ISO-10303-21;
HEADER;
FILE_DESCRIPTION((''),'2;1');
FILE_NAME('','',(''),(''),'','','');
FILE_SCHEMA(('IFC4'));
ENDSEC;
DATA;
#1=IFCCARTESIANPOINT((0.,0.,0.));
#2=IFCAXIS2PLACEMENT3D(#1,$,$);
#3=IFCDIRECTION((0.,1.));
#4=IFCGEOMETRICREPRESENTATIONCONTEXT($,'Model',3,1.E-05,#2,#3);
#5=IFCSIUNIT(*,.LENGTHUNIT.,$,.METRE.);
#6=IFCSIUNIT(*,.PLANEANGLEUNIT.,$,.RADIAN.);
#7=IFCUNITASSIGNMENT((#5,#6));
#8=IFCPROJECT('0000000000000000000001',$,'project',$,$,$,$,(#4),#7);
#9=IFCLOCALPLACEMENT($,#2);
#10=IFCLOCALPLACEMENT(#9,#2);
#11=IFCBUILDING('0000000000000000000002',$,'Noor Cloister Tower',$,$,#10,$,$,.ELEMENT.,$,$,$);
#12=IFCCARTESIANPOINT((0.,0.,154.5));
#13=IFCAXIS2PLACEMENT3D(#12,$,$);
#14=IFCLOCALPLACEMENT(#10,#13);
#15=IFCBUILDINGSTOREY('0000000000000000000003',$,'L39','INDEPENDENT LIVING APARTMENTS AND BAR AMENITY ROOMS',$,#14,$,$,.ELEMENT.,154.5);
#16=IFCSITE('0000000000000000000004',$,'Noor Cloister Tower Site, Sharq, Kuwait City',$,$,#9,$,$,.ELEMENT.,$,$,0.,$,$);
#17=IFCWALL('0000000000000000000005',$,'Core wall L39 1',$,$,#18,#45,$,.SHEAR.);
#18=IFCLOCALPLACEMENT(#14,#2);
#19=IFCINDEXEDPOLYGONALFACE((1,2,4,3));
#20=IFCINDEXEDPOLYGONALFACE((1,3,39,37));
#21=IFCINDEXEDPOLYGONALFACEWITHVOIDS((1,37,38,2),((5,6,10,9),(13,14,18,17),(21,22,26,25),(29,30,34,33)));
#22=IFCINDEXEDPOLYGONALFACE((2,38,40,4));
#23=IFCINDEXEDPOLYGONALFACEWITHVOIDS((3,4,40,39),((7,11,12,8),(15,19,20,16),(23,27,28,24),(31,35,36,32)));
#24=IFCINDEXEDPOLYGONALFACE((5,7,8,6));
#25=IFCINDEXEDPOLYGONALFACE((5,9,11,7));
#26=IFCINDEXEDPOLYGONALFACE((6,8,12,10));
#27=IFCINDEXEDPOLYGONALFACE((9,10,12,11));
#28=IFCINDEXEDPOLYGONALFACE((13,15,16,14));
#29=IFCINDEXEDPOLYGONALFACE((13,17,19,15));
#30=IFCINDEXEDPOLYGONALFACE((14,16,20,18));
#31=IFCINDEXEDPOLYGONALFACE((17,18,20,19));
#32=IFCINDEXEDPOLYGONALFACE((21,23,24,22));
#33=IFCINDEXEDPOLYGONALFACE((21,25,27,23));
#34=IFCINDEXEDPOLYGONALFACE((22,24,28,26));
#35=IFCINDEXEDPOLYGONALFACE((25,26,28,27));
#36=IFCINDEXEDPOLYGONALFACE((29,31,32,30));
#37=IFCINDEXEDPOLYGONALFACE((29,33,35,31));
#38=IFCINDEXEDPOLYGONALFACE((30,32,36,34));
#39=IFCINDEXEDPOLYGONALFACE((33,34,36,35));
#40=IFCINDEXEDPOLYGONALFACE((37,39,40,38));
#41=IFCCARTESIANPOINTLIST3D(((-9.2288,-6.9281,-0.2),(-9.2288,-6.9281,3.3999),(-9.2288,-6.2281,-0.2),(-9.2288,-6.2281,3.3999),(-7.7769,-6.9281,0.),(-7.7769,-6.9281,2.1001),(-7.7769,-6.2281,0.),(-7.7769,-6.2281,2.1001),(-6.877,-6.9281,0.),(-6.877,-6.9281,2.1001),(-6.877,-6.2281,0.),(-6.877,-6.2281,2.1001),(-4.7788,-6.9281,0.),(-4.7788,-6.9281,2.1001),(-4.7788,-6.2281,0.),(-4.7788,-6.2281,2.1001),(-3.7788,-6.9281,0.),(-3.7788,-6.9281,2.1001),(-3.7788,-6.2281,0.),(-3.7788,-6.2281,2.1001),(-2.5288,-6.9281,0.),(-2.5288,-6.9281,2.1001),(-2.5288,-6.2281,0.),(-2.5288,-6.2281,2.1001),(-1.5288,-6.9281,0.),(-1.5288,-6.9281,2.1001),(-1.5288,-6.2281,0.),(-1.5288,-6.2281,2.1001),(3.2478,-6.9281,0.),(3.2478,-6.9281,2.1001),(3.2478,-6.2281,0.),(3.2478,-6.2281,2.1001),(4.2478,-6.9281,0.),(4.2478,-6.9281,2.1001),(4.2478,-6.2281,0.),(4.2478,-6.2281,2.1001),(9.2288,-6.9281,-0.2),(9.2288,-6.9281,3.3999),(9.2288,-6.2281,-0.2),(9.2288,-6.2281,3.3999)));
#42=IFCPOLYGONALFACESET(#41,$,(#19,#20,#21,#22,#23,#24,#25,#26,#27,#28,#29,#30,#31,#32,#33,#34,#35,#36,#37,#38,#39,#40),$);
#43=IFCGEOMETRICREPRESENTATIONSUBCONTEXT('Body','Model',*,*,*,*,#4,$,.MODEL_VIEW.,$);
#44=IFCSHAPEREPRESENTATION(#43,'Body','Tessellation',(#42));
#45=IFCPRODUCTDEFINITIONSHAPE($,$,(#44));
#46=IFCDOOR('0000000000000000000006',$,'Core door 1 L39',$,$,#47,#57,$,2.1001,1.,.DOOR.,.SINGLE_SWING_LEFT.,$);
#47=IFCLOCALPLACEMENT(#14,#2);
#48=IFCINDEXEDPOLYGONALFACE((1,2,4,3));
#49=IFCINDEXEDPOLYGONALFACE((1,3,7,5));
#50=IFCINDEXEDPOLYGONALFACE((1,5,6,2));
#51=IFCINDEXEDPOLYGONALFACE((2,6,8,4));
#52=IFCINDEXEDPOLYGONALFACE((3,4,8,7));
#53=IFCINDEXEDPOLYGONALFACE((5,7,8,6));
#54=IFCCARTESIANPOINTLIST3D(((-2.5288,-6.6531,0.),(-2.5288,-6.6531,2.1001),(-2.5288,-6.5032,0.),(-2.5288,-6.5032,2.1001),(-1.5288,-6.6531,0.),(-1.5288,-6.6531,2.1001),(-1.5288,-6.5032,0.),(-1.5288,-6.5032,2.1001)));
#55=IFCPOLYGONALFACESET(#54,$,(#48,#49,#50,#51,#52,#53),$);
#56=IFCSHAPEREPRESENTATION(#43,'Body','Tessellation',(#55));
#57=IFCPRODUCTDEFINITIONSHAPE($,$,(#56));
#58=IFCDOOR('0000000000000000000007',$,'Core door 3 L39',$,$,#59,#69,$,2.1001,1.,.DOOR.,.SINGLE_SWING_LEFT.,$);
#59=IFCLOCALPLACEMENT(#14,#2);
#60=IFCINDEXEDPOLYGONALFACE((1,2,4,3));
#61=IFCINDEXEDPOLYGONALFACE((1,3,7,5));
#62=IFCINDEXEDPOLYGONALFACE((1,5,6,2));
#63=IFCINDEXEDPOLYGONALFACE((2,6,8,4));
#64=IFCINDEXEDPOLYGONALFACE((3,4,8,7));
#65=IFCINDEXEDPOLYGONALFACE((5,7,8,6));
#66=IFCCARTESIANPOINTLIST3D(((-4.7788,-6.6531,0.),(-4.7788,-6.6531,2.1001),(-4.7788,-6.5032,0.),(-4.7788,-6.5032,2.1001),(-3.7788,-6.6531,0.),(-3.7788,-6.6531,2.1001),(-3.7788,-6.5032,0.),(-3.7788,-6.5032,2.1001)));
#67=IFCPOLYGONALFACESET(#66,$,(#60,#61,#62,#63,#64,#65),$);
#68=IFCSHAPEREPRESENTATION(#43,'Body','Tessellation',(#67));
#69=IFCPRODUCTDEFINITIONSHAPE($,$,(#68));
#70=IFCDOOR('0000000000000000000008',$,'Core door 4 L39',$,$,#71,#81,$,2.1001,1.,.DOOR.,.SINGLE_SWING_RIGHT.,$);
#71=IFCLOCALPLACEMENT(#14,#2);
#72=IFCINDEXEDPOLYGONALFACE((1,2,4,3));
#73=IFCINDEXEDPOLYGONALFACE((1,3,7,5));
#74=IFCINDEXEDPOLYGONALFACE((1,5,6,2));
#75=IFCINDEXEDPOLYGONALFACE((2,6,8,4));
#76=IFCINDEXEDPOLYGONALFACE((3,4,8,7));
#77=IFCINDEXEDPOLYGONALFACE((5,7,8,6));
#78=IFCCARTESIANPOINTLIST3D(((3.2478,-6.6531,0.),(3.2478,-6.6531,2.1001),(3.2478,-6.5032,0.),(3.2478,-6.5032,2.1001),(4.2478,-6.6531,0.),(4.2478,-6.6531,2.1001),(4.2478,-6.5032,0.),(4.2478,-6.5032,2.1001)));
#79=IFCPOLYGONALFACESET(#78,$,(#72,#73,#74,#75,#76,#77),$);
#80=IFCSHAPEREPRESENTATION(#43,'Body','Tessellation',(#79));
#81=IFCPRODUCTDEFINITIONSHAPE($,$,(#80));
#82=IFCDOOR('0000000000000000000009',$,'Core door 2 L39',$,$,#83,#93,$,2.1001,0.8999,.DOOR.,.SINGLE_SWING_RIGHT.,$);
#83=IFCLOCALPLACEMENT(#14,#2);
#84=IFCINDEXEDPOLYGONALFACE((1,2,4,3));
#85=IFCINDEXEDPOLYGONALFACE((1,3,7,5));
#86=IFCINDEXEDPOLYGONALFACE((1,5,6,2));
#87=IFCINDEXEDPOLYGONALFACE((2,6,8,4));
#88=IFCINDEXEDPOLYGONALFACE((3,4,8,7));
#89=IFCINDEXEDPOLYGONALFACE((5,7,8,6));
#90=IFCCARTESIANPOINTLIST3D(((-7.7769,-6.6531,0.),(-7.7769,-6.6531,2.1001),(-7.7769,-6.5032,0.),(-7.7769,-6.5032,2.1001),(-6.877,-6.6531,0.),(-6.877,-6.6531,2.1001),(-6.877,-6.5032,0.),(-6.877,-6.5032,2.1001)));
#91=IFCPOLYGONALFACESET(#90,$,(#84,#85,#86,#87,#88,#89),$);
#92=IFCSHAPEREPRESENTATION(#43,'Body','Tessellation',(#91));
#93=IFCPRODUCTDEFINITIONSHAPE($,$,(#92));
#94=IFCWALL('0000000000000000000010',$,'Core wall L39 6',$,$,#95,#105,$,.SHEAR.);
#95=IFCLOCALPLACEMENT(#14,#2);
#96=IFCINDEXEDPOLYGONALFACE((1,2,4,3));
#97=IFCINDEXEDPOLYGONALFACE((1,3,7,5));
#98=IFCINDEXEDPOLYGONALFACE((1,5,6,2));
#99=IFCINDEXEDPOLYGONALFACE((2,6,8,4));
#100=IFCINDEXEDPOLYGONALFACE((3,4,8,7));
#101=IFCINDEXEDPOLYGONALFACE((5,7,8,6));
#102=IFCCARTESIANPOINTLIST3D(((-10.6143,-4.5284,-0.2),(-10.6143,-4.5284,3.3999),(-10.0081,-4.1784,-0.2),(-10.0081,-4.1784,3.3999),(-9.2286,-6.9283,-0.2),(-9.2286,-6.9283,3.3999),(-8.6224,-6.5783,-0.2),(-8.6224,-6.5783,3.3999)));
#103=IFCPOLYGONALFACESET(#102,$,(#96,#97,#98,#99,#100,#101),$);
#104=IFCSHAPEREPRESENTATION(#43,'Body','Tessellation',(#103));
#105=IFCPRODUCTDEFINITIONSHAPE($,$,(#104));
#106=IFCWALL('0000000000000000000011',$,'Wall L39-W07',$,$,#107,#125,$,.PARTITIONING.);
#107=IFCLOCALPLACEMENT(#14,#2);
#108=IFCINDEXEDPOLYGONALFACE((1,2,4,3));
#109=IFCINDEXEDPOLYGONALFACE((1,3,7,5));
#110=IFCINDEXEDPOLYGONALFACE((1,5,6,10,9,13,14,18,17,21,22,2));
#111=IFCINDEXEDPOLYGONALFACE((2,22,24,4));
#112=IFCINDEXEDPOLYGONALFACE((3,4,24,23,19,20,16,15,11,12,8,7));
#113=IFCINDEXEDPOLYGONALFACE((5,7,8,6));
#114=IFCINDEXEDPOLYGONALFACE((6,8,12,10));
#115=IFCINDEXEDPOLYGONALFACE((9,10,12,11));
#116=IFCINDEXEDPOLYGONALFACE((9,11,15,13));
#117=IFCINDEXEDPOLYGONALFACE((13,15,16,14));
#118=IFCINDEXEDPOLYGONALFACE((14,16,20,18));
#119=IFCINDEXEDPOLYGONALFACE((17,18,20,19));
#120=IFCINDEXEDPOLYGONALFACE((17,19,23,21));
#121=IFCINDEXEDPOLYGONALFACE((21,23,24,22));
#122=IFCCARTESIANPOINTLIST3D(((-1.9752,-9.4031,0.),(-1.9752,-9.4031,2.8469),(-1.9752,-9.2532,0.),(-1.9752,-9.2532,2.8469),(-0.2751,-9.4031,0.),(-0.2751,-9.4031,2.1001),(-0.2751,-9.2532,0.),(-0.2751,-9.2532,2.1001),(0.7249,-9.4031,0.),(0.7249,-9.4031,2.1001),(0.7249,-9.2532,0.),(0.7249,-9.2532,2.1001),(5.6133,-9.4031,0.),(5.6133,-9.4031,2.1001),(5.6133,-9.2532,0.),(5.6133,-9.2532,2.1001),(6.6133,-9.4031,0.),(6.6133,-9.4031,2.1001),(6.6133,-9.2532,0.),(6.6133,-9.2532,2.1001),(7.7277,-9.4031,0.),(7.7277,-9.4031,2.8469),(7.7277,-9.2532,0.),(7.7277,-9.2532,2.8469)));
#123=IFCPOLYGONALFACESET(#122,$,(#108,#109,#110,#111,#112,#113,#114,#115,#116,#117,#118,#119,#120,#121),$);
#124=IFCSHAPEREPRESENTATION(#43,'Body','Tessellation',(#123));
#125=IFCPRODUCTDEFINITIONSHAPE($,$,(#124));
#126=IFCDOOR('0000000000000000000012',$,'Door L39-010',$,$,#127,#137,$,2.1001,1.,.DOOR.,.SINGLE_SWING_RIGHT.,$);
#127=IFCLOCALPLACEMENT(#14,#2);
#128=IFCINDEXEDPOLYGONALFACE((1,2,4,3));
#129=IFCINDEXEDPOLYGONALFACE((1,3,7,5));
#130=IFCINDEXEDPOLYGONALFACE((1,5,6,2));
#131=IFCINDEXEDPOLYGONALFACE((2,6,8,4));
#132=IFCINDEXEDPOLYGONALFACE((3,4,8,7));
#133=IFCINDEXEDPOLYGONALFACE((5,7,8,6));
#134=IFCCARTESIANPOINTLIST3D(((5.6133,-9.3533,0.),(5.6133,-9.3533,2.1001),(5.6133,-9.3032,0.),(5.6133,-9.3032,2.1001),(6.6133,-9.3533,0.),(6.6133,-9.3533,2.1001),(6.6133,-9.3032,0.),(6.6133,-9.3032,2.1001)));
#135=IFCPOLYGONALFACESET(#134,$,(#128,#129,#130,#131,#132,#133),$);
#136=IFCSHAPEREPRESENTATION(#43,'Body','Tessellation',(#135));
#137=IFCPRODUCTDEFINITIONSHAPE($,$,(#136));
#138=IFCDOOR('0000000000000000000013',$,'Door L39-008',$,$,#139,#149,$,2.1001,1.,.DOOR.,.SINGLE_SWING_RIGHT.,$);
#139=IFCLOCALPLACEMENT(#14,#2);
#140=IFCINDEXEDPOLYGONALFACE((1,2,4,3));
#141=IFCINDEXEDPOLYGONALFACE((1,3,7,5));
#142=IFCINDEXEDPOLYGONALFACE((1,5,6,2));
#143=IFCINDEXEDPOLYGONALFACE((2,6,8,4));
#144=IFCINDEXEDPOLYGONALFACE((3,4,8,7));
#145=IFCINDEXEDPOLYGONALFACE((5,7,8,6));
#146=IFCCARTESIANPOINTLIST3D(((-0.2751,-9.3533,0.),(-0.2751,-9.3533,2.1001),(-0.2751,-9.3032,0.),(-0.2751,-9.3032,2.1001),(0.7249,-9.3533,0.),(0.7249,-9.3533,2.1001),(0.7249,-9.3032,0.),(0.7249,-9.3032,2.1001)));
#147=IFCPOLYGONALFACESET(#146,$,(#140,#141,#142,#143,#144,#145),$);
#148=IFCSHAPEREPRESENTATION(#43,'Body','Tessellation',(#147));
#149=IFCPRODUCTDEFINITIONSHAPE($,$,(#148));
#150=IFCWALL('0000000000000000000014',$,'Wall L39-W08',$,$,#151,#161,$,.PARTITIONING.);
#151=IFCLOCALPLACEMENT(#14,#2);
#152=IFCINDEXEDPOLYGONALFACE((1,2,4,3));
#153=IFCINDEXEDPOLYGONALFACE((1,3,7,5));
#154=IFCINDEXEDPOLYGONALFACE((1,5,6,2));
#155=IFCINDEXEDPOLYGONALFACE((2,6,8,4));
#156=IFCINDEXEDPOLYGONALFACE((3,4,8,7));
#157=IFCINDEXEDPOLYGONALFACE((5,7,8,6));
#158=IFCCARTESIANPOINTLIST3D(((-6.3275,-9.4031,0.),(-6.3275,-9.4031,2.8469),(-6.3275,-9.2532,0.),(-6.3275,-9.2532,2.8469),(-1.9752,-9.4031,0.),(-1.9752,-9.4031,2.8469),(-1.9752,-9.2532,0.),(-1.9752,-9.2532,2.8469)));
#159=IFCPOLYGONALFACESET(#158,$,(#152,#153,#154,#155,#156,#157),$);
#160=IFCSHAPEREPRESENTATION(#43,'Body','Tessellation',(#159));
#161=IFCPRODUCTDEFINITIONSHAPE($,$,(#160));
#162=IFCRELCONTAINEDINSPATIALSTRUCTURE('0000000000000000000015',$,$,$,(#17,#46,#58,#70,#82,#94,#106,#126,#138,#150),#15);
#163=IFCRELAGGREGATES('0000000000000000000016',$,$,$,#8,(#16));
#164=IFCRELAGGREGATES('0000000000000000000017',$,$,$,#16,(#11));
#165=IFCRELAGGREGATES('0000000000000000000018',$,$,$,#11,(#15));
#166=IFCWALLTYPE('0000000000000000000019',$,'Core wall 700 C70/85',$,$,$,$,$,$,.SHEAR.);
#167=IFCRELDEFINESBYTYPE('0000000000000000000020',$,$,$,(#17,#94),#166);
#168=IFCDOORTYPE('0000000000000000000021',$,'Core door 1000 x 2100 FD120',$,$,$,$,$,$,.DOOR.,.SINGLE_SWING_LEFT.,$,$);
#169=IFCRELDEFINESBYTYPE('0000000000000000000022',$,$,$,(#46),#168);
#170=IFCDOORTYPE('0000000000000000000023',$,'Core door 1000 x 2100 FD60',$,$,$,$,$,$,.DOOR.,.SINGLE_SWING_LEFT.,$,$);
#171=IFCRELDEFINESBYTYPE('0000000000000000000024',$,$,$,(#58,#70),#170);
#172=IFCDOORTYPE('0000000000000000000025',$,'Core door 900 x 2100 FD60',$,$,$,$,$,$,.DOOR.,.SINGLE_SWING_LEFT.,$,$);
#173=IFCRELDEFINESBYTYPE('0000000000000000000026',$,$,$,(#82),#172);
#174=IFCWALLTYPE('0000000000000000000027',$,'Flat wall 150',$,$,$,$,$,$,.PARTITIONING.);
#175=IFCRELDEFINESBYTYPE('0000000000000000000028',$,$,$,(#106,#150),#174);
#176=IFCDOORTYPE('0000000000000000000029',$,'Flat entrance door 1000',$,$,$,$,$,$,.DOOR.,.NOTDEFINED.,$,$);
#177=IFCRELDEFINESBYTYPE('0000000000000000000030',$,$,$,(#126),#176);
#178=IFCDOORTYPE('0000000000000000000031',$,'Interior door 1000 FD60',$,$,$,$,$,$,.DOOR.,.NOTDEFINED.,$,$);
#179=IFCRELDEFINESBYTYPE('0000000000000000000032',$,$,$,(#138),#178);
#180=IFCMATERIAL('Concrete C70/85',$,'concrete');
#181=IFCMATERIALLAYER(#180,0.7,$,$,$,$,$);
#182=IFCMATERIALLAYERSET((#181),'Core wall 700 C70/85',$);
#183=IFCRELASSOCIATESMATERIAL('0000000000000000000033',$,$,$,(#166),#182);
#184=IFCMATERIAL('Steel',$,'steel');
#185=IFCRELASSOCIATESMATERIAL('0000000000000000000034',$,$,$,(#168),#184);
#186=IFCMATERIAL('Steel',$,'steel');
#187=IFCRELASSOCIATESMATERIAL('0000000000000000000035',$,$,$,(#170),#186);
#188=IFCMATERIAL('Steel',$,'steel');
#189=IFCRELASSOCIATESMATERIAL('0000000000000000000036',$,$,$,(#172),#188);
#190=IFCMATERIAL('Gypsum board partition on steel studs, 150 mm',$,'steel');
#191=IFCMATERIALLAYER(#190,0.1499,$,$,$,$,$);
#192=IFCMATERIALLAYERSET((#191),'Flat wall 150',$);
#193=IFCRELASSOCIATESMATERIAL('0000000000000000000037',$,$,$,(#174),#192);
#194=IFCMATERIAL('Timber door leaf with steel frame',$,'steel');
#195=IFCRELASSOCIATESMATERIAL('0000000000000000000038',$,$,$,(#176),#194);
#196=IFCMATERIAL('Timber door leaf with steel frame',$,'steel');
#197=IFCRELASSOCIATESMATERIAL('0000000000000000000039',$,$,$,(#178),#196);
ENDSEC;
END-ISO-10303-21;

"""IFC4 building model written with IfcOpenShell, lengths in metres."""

from ifc_helpers import new_model, si_unit, direction, frame, frame_2d, origin, place, context, subcontext, project, spatial, rectangle, extrude, material, layer, layer_set, type_object, element, fill, save


model = new_model("IFC4")

# Units and contexts
model_context = context("Model", 3, precision=1e-05, world=origin(), true_north=direction((0.0, 1.0)))
body_context = subcontext(model_context, "Body", "Model", "MODEL_VIEW")
ifc_project = project(units=[si_unit("LENGTHUNIT", "METRE"), si_unit("PLANEANGLEUNIT", "RADIAN")], contexts=[model_context])

# Site, building, storey
site_placement = place(None, origin())
site = spatial("IfcSite", under=ifc_project, at=site_placement, Name="Noor Cloister Tower Site, Sharq, Kuwait City", CompositionType="ELEMENT", RefElevation=0.0)
building_placement = place(site_placement, origin())
building = spatial("IfcBuilding", under=site, at=building_placement, Name="Noor Cloister Tower", CompositionType="ELEMENT")
storey_placement = place(building_placement, frame((0.0, 0.0, 154.5)))
storey = spatial("IfcBuildingStorey", under=building, at=storey_placement, Name="L39", Description="INDEPENDENT LIVING APARTMENTS AND BAR AMENITY ROOMS", CompositionType="ELEMENT", Elevation=154.5)

# Wall, openings, doors
ifc_material_1 = material(Name="Concrete C70/85", Category="concrete")
ifc_layer_1 = layer(ifc_material_1, 0.7)
ifc_layer_set_1 = layer_set([ifc_layer_1], Name="Core wall 700 C70/85")
wall_type_1 = type_object("IfcWallType", Name="Core wall 700 C70/85", PredefinedType="SHEAR", material=ifc_layer_set_1)
wall_1_placement = place(storey_placement, frame((-9.2288, -6.5781, -0.2), z_axis=(0.0, 0.0, 1.0), x_axis=(1.0, 0.0, 0.0)))
wall_1 = element("IfcWall", 1, at=wall_1_placement, inside=storey, type_object=wall_type_1, Name="Core wall L39 1", PredefinedType="SHEAR", context=body_context, shape_type="SweptSolid", body=[
    extrude(rectangle(XDim=18.4575, YDim=0.7, at=frame_2d((9.2288, 0.0))), origin(), (0.0, 0.0, 1.0), 3.5999),
])
opening_1_placement = place(wall_1_placement, frame((6.7, 0.0, 0.2)))
opening_1 = element("IfcOpeningElement", 2, at=opening_1_placement, cuts=wall_1, PredefinedType="OPENING", context=body_context, shape_type="SweptSolid", body=[
    extrude(rectangle(XDim=1.0, YDim=2.1001, at=frame_2d((0.5, 1.05))), frame((0.0, 0.3599, 0.0), z_axis=(0.0, -1.0, 0.0), x_axis=(1.0, 0.0, 0.0)), (0.0, 0.0, 1.0), 0.72),
])
opening_2_placement = place(wall_1_placement, frame((1.4519, 0.0, 0.2)))
opening_2 = element("IfcOpeningElement", 3, at=opening_2_placement, cuts=wall_1, PredefinedType="OPENING", context=body_context, shape_type="SweptSolid", body=[
    extrude(rectangle(XDim=0.8999, YDim=2.1001, at=frame_2d((0.45, 1.05))), frame((0.0, 0.3599, 0.0), z_axis=(0.0, -1.0, 0.0), x_axis=(1.0, 0.0, 0.0)), (0.0, 0.0, 1.0), 0.72),
])
opening_3_placement = place(wall_1_placement, frame((4.45, 0.0, 0.2)))
opening_3 = element("IfcOpeningElement", 4, at=opening_3_placement, cuts=wall_1, PredefinedType="OPENING", context=body_context, shape_type="SweptSolid", body=[
    extrude(rectangle(XDim=1.0, YDim=2.1001, at=frame_2d((0.5, 1.05))), frame((0.0, 0.3599, 0.0), z_axis=(0.0, -1.0, 0.0), x_axis=(1.0, 0.0, 0.0)), (0.0, 0.0, 1.0), 0.72),
])
opening_4_placement = place(wall_1_placement, frame((12.4766, 0.0, 0.2)))
opening_4 = element("IfcOpeningElement", 5, at=opening_4_placement, cuts=wall_1, PredefinedType="OPENING", context=body_context, shape_type="SweptSolid", body=[
    extrude(rectangle(XDim=1.0, YDim=2.1001, at=frame_2d((0.5, 1.05))), frame((0.0, 0.3599, 0.0), z_axis=(0.0, -1.0, 0.0), x_axis=(1.0, 0.0, 0.0)), (0.0, 0.0, 1.0), 0.72),
])
ifc_material_2 = material(Name="Steel", Category="steel")
door_type_1 = type_object("IfcDoorType", Name="Core door 1000 x 2100 FD120", OperationType="SINGLE_SWING_LEFT", PredefinedType="DOOR", material=ifc_material_2)
door_1_placement = place(opening_1_placement, origin())
door_1 = element("IfcDoor", 6, at=door_1_placement, inside=storey, type_object=door_type_1, Name="Core door 1 L39", OperationType="SINGLE_SWING_LEFT", OverallHeight=2.1001, OverallWidth=1.0, PredefinedType="DOOR", context=body_context, shape_type="SweptSolid", body=[
    extrude(rectangle(XDim=1.0, YDim=2.1001, at=frame_2d((0.5, 1.05))), frame((0.0, 0.075, 0.0), z_axis=(0.0, -1.0, 0.0), x_axis=(1.0, 0.0, 0.0)), (0.0, 0.0, 1.0), 0.1499),
])
fill(opening_1, door_1)
ifc_material_3 = material(Name="Steel", Category="steel")
door_type_2 = type_object("IfcDoorType", Name="Core door 1000 x 2100 FD60", OperationType="SINGLE_SWING_LEFT", PredefinedType="DOOR", material=ifc_material_3)
door_2_placement = place(opening_3_placement, origin())
door_2 = element("IfcDoor", 7, at=door_2_placement, inside=storey, type_object=door_type_2, Name="Core door 3 L39", OperationType="SINGLE_SWING_LEFT", OverallHeight=2.1001, OverallWidth=1.0, PredefinedType="DOOR", context=body_context, shape_type="SweptSolid", body=[
    extrude(rectangle(XDim=1.0, YDim=2.1001, at=frame_2d((0.5, 1.05))), frame((0.0, 0.075, 0.0), z_axis=(0.0, -1.0, 0.0), x_axis=(1.0, 0.0, 0.0)), (0.0, 0.0, 1.0), 0.1499),
])
fill(opening_3, door_2)
door_3_placement = place(opening_4_placement, origin())
door_3 = element("IfcDoor", 8, at=door_3_placement, inside=storey, type_object=door_type_2, Name="Core door 4 L39", OperationType="SINGLE_SWING_RIGHT", OverallHeight=2.1001, OverallWidth=1.0, PredefinedType="DOOR", context=body_context, shape_type="SweptSolid", body=[
    extrude(rectangle(XDim=1.0, YDim=2.1001, at=frame_2d((0.5, 1.05))), frame((0.0, 0.075, 0.0), z_axis=(0.0, -1.0, 0.0), x_axis=(1.0, 0.0, 0.0)), (0.0, 0.0, 1.0), 0.1499),
])
fill(opening_4, door_3)
ifc_material_4 = material(Name="Steel", Category="steel")
door_type_3 = type_object("IfcDoorType", Name="Core door 900 x 2100 FD60", OperationType="SINGLE_SWING_LEFT", PredefinedType="DOOR", material=ifc_material_4)
door_4_placement = place(opening_2_placement, origin())
door_4 = element("IfcDoor", 9, at=door_4_placement, inside=storey, type_object=door_type_3, Name="Core door 2 L39", OperationType="SINGLE_SWING_RIGHT", OverallHeight=2.1001, OverallWidth=0.8999, PredefinedType="DOOR", context=body_context, shape_type="SweptSolid", body=[
    extrude(rectangle(XDim=0.8999, YDim=2.1001, at=frame_2d((0.45, 1.05))), frame((0.0, 0.075, 0.0), z_axis=(0.0, -1.0, 0.0), x_axis=(1.0, 0.0, 0.0)), (0.0, 0.0, 1.0), 0.1499),
])
fill(opening_2, door_4)

# Wall
wall_2_placement = place(storey_placement, frame((-10.3113, -4.3533, -0.2), z_axis=(0.0, 0.0, 1.0), x_axis=(0.500043, -0.866001, 0.0)))
element("IfcWall", 10, at=wall_2_placement, inside=storey, type_object=wall_type_1, Name="Core wall L39 6", PredefinedType="SHEAR", context=body_context, shape_type="SweptSolid", body=[
    extrude(rectangle(XDim=2.7712, YDim=0.7, at=frame_2d((1.3857, 0.0))), origin(), (0.0, 0.0, 1.0), 3.5999),
])

# Wall, openings, doors
ifc_material_5 = material(Name="Gypsum board partition on steel studs, 150 mm", Category="steel")
ifc_layer_2 = layer(ifc_material_5, 0.1499)
ifc_layer_set_2 = layer_set([ifc_layer_2], Name="Flat wall 150")
wall_type_2 = type_object("IfcWallType", Name="Flat wall 150", PredefinedType="PARTITIONING", material=ifc_layer_set_2)
wall_3_placement = place(storey_placement, frame((-1.9753, -9.3281, 0.0), z_axis=(0.0, 0.0, 1.0), x_axis=(1.0, 0.0, 0.0)))
wall_3 = element("IfcWall", 11, at=wall_3_placement, inside=storey, type_object=wall_type_2, Name="Wall L39-W07", PredefinedType="PARTITIONING", context=body_context, shape_type="SweptSolid", body=[
    extrude(rectangle(XDim=9.7029, YDim=0.1499, at=frame_2d((4.8516, 0.0))), origin(), (0.0, 0.0, 1.0), 2.8469),
])
opening_5_placement = place(wall_3_placement, frame((1.7002, 0.0, 0.0)))
opening_5 = element("IfcOpeningElement", 12, at=opening_5_placement, cuts=wall_3, PredefinedType="OPENING", context=body_context, shape_type="SweptSolid", body=[
    extrude(rectangle(XDim=1.0, YDim=2.1001, at=frame_2d((0.5, 1.05))), frame((0.0, 0.085, 0.0), z_axis=(0.0, -1.0, 0.0), x_axis=(1.0, 0.0, 0.0)), (0.0, 0.0, 1.0), 0.1699),
])
opening_6_placement = place(wall_3_placement, frame((7.5886, 0.0, 0.0)))
opening_6 = element("IfcOpeningElement", 13, at=opening_6_placement, cuts=wall_3, PredefinedType="OPENING", context=body_context, shape_type="SweptSolid", body=[
    extrude(rectangle(XDim=1.0, YDim=2.1001, at=frame_2d((0.5, 1.05))), frame((0.0, 0.085, 0.0), z_axis=(0.0, -1.0, 0.0), x_axis=(1.0, 0.0, 0.0)), (0.0, 0.0, 1.0), 0.1699),
])
ifc_material_6 = material(Name="Timber door leaf with steel frame", Category="steel")
door_type_4 = type_object("IfcDoorType", Name="Flat entrance door 1000", OperationType="NOTDEFINED", PredefinedType="DOOR", material=ifc_material_6)
door_5_placement = place(opening_6_placement, origin())
door_5 = element("IfcDoor", 14, at=door_5_placement, inside=storey, type_object=door_type_4, Name="Door L39-010", OperationType="SINGLE_SWING_RIGHT", OverallHeight=2.1001, OverallWidth=1.0, PredefinedType="DOOR", context=body_context, shape_type="SweptSolid", body=[
    extrude(rectangle(XDim=1.0, YDim=2.1001, at=frame_2d((0.5, 1.05))), frame((0.0, 0.0249, 0.0), z_axis=(0.0, -1.0, 0.0), x_axis=(1.0, 0.0, 0.0)), (0.0, 0.0, 1.0), 0.05),
])
fill(opening_6, door_5)
ifc_material_7 = material(Name="Timber door leaf with steel frame", Category="steel")
door_type_5 = type_object("IfcDoorType", Name="Interior door 1000 FD60", OperationType="NOTDEFINED", PredefinedType="DOOR", material=ifc_material_7)
door_6_placement = place(opening_5_placement, origin())
door_6 = element("IfcDoor", 15, at=door_6_placement, inside=storey, type_object=door_type_5, Name="Door L39-008", OperationType="SINGLE_SWING_RIGHT", OverallHeight=2.1001, OverallWidth=1.0, PredefinedType="DOOR", context=body_context, shape_type="SweptSolid", body=[
    extrude(rectangle(XDim=1.0, YDim=2.1001, at=frame_2d((0.5, 1.05))), frame((0.0, 0.0249, 0.0), z_axis=(0.0, -1.0, 0.0), x_axis=(1.0, 0.0, 0.0)), (0.0, 0.0, 1.0), 0.05),
])
fill(opening_5, door_6)

# Wall
wall_4_placement = place(storey_placement, frame((-6.3276, -9.3281, 0.0), z_axis=(0.0, 0.0, 1.0), x_axis=(1.0, 0.0, 0.0)))
element("IfcWall", 16, at=wall_4_placement, inside=storey, type_object=wall_type_2, Name="Wall L39-W08", PredefinedType="PARTITIONING", context=body_context, shape_type="SweptSolid", body=[
    extrude(rectangle(XDim=4.3523, YDim=0.1499, at=frame_2d((2.1763, 0.0))), origin(), (0.0, 0.0, 1.0), 2.8469),
])

save(model, "model.ifc")
